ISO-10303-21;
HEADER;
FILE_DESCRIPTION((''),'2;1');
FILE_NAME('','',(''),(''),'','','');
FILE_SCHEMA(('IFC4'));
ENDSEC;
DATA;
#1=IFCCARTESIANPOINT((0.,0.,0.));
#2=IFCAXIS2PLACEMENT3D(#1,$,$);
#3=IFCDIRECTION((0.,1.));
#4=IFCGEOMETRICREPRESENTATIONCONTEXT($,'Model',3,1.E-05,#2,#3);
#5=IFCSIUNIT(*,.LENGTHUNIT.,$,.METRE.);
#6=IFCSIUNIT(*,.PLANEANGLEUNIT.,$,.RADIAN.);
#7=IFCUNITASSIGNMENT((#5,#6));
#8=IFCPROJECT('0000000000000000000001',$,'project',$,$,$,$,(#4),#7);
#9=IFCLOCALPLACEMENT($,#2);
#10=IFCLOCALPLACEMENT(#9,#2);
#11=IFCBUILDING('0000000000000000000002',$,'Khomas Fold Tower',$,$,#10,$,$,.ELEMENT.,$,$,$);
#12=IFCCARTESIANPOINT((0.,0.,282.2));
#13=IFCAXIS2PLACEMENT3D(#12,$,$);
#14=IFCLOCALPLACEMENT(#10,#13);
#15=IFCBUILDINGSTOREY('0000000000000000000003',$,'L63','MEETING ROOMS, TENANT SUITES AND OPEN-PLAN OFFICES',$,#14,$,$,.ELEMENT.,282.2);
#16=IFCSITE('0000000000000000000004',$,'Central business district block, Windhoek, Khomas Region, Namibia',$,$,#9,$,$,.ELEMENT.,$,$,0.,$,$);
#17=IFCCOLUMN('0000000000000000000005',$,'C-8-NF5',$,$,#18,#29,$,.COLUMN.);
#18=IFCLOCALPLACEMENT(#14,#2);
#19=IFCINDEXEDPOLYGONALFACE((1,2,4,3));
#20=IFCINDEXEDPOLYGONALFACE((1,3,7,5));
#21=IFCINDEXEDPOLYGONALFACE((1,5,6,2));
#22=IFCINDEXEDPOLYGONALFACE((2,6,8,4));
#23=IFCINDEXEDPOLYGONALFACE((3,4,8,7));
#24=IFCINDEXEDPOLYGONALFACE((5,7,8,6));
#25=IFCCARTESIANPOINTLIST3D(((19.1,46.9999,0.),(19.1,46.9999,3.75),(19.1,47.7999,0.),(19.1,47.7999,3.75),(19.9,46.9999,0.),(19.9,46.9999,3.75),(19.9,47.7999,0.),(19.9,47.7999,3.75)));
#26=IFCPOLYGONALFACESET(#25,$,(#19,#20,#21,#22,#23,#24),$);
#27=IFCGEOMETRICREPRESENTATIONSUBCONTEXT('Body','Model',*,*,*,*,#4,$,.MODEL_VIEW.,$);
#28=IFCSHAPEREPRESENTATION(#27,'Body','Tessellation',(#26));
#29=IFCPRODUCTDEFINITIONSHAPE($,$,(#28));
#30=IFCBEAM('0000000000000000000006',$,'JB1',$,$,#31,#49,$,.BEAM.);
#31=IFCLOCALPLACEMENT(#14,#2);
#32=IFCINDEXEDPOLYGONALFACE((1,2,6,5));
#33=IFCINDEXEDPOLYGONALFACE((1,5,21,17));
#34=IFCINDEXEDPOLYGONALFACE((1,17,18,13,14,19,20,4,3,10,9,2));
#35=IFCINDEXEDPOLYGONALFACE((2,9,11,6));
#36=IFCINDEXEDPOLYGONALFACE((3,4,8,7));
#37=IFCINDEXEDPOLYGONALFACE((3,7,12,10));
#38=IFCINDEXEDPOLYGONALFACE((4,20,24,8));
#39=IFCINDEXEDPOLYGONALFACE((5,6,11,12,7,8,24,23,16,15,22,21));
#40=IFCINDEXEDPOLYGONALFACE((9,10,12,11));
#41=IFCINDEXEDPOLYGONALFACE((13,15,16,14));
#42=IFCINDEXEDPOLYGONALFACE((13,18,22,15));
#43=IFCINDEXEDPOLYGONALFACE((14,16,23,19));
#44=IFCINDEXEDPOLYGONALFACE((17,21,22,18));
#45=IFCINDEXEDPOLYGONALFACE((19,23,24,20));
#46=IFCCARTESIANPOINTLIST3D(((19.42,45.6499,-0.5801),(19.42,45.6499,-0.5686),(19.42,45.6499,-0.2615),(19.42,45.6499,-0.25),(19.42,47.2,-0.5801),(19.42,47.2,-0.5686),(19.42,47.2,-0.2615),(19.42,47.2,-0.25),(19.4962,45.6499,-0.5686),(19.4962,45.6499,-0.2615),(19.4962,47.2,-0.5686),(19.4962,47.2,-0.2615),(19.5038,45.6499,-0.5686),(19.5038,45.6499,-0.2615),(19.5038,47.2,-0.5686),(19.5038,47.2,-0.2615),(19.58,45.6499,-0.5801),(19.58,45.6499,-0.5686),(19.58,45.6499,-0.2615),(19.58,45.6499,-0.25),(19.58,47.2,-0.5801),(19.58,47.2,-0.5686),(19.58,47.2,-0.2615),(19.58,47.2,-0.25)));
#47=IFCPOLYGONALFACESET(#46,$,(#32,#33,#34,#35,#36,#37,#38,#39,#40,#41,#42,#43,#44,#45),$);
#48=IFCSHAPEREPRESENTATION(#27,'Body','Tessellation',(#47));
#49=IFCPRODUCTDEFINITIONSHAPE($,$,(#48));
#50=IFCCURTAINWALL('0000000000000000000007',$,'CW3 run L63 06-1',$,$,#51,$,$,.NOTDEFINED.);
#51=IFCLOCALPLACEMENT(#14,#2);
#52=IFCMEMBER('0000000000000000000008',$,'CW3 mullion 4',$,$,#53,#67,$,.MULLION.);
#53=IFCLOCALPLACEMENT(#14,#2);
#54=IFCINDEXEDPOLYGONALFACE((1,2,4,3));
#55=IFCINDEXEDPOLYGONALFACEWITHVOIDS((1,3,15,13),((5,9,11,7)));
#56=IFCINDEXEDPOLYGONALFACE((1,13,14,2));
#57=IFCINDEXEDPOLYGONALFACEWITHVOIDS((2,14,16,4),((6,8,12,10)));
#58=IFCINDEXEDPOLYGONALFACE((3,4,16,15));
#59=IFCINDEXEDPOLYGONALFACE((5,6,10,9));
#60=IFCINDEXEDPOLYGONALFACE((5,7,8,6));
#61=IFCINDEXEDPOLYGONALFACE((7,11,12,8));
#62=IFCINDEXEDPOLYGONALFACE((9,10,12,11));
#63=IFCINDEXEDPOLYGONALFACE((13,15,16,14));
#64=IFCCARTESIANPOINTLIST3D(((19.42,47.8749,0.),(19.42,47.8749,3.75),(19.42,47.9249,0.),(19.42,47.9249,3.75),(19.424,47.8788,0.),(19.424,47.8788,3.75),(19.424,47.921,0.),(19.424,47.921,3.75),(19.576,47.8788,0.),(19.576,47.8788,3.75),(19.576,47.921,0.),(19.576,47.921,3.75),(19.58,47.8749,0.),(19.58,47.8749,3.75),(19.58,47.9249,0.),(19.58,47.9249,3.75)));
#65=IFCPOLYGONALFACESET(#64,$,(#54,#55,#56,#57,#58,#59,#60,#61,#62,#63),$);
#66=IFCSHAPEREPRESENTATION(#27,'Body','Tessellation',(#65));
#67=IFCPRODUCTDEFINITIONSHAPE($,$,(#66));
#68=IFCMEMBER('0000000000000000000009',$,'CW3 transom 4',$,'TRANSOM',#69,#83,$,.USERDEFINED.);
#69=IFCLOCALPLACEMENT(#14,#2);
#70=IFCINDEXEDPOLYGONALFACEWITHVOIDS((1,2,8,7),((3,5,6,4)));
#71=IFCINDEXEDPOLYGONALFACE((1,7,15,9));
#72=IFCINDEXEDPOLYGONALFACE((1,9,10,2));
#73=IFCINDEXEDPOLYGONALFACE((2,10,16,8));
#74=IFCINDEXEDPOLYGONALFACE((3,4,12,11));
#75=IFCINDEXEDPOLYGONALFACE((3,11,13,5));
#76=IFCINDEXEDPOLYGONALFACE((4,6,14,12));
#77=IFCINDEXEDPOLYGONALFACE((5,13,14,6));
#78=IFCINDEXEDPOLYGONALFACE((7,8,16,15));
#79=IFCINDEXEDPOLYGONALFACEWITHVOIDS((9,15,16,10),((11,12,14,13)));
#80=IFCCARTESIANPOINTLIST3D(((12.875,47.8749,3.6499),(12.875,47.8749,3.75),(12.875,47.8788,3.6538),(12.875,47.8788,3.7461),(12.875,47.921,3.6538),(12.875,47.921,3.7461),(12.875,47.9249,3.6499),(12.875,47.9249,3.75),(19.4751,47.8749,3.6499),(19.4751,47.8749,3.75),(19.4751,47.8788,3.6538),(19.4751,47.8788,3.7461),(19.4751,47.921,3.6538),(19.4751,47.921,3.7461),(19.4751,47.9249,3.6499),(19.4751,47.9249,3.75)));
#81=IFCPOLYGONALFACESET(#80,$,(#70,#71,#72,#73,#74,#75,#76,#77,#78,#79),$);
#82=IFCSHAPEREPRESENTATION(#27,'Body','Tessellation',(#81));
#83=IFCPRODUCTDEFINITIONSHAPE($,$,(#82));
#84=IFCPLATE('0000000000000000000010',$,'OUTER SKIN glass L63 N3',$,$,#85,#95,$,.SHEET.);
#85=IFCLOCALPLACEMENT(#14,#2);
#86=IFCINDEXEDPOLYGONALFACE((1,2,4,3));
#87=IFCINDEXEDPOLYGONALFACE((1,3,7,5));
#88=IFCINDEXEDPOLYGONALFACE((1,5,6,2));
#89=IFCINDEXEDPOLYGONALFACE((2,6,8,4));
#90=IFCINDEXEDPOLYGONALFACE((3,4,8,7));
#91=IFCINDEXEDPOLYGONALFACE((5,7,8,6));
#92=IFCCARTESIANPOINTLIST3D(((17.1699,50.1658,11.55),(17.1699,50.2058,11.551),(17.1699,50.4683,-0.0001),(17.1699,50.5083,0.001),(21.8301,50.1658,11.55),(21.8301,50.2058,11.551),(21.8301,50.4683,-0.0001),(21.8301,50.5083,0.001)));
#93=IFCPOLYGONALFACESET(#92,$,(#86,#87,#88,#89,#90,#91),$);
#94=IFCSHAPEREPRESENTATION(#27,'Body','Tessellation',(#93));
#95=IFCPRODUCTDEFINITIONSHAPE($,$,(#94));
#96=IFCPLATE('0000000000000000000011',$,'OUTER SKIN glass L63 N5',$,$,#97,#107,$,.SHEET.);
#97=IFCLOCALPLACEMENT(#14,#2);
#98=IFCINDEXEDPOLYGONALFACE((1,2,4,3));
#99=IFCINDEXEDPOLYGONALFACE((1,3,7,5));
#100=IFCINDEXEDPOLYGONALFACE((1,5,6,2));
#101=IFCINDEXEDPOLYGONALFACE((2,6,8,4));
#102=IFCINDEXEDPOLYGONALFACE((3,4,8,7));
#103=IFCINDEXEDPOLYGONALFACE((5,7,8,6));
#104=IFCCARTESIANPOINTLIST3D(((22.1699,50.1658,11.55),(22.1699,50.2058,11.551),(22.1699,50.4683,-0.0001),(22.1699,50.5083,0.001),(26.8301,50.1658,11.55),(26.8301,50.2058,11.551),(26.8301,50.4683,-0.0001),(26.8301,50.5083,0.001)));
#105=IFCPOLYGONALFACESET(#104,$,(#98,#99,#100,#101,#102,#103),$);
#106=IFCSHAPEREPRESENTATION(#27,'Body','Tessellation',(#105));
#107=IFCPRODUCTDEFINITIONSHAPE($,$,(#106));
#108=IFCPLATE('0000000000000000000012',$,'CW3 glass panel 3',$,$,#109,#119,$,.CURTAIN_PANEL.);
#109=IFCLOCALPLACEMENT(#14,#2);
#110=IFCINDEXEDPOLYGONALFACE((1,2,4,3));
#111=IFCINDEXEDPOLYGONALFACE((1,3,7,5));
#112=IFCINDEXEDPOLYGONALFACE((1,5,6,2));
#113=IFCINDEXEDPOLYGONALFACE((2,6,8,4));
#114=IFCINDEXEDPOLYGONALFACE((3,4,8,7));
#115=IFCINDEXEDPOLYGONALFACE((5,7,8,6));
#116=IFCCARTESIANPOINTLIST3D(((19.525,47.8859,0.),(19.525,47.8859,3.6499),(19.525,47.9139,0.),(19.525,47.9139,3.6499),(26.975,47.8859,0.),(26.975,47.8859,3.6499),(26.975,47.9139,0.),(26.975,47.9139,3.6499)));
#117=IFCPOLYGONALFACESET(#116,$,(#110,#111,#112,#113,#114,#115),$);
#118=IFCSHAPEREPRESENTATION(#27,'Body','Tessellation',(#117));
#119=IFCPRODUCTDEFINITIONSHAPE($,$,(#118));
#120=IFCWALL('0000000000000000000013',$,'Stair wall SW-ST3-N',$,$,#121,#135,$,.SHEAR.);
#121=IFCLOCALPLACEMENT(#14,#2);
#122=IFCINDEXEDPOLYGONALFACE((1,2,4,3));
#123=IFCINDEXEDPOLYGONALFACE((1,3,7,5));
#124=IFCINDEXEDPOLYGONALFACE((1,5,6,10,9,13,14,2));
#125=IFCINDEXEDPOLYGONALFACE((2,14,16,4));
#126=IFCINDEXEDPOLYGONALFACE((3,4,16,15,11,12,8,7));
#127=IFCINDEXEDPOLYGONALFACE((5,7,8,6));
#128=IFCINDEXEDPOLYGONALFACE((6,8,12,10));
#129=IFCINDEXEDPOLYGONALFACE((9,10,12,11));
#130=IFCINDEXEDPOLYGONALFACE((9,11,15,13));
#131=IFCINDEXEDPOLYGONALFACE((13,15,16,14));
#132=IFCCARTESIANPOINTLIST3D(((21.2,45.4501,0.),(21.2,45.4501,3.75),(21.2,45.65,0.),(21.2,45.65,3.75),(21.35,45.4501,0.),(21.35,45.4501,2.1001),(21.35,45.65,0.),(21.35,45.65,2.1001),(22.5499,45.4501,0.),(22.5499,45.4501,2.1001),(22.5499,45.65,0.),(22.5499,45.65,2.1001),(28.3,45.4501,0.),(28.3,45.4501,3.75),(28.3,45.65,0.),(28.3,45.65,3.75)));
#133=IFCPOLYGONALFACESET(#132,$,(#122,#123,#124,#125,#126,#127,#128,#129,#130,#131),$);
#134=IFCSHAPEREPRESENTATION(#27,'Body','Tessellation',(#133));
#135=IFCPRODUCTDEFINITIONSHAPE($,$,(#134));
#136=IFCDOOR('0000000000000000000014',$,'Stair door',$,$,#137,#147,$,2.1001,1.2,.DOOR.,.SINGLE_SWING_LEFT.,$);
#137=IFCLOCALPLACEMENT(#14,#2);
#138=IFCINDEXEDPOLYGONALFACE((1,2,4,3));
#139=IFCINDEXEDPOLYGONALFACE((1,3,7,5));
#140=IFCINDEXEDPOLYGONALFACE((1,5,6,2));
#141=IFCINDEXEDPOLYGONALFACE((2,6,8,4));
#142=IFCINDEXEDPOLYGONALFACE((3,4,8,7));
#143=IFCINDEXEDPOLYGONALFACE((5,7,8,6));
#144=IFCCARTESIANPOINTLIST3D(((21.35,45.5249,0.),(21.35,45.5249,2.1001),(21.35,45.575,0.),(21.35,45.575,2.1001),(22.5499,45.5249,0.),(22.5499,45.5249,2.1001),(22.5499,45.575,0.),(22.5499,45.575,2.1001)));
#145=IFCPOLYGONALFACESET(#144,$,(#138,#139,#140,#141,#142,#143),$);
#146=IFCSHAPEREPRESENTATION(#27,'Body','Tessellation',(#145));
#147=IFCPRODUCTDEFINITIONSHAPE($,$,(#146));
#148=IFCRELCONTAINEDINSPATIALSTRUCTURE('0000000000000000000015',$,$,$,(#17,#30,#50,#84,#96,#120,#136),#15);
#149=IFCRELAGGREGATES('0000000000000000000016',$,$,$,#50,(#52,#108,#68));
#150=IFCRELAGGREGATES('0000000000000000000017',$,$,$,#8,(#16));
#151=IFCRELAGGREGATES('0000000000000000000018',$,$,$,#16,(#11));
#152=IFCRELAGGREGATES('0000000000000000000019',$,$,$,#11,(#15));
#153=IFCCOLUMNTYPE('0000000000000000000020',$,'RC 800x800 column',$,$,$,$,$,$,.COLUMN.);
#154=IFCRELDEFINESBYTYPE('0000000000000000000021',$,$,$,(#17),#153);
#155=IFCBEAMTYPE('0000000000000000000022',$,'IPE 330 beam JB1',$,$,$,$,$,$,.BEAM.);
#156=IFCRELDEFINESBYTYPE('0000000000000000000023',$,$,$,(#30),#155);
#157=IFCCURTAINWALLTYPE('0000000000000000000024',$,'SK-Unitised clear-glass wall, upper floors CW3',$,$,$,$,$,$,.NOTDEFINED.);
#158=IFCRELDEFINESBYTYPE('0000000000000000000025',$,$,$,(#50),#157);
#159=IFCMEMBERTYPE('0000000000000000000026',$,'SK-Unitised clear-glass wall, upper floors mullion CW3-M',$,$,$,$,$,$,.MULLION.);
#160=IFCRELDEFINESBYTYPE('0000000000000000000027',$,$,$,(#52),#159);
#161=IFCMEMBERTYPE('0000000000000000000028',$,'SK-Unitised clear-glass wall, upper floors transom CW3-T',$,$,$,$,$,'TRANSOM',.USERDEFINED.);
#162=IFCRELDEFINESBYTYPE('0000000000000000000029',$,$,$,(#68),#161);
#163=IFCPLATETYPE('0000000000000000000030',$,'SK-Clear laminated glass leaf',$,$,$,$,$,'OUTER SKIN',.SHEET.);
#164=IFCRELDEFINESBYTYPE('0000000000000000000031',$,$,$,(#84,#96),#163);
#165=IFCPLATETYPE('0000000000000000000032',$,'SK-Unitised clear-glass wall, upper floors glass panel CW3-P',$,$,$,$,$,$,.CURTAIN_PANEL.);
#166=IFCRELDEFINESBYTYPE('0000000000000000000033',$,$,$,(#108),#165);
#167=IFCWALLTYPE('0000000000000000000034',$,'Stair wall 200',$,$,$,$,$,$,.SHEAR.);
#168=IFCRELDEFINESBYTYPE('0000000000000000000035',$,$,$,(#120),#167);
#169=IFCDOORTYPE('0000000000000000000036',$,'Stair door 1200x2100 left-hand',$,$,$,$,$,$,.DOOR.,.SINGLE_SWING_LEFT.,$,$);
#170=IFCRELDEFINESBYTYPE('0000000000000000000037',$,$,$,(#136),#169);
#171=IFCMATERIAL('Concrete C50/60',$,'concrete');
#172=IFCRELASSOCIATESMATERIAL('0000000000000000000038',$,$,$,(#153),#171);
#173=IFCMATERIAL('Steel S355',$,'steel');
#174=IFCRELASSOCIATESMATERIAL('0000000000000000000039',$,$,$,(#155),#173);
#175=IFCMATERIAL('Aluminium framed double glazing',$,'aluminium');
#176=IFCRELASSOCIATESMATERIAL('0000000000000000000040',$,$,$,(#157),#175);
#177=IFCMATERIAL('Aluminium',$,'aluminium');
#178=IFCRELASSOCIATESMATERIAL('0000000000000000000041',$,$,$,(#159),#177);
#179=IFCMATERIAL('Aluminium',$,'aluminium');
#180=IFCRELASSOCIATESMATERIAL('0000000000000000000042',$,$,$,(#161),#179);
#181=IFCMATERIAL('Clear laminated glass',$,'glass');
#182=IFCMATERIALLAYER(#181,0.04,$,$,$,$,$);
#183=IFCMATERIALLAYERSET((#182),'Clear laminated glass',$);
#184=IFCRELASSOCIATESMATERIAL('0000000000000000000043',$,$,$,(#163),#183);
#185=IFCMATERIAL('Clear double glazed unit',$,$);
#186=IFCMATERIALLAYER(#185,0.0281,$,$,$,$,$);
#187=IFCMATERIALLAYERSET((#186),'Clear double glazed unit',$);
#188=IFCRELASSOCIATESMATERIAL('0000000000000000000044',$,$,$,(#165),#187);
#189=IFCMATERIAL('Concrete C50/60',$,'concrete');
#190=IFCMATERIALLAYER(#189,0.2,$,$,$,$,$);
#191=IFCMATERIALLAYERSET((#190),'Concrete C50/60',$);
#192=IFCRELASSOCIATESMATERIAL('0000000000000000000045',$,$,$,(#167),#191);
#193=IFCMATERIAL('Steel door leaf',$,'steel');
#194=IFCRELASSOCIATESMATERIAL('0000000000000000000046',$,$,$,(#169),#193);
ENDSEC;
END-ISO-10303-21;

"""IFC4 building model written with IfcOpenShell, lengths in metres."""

from ifc_helpers import new_model, si_unit, direction, frame, frame_2d, origin, origin_2d, place, context, subcontext, project, spatial, polyline, rectangle, hollow_rectangle, i_section, outline, extrude, source, transform, mapped, material, layer, layer_set, material_profile, profile_set, type_object, element, fill, aggregate, save


model = new_model("IFC4")

# Units and contexts
model_context = context("Model", 3, precision=1e-05, world=origin(), true_north=direction((0.0, 1.0)))
body_context = subcontext(model_context, "Body", "Model", "MODEL_VIEW")
ifc_project = project(units=[si_unit("LENGTHUNIT", "METRE"), si_unit("PLANEANGLEUNIT", "RADIAN")], contexts=[model_context])

# Site, building, storey
site_placement = place(None, origin())
site = spatial("IfcSite", under=ifc_project, at=site_placement, Name="Central business district block, Windhoek, Khomas Region, Namibia", CompositionType="ELEMENT", RefElevation=0.0)
building_placement = place(site_placement, origin())
building = spatial("IfcBuilding", under=site, at=building_placement, Name="Khomas Fold Tower", CompositionType="ELEMENT")
storey_placement = place(building_placement, frame((0.0, 0.0, 282.2)))
storey = spatial("IfcBuildingStorey", under=building, at=storey_placement, Name="L63", Description="MEETING ROOMS, TENANT SUITES AND OPEN-PLAN OFFICES", CompositionType="ELEMENT", Elevation=282.2)

# Column
ifc_material_1 = material(Name="Concrete C50/60", Category="concrete")
ifc_material_profile_1 = material_profile(ifc_material_1, rectangle(XDim=0.8, YDim=0.8, at=origin_2d()), Name="RC 800x800")
ifc_profile_set_1 = profile_set([ifc_material_profile_1], Name="Concrete C50/60")
column_type = type_object("IfcColumnType", Name="RC 800x800 column", PredefinedType="COLUMN", material=ifc_profile_set_1)
shared_shape_1 = source(origin(), body_context, "Body", "SweptSolid", [
    extrude(rectangle(XDim=0.8, YDim=0.8, at=origin_2d()), origin(), (0.0, 0.0, 1.0), 3.75),
])
column_placement = place(storey_placement, frame((19.5, 47.3999, 0.0), z_axis=(0.0, 0.0, 1.0), x_axis=(1.0, 0.0, 0.0)))
element("IfcColumn", 1, at=column_placement, inside=storey, type_object=column_type, Name="C-8-NF5", PredefinedType="COLUMN", context=body_context, shape_type="MappedRepresentation", body=[
    mapped(shared_shape_1, transform((0.0, 0.0, 0.0))),
])

# Beam
ifc_material_2 = material(Name="Steel S355", Category="steel")
ifc_material_profile_2 = material_profile(ifc_material_2, i_section(OverallWidth=0.1599, OverallDepth=0.3301, WebThickness=0.0076, FlangeThickness=0.0115, at=origin_2d()), Name="IPE 330")
ifc_profile_set_2 = profile_set([ifc_material_profile_2], Name="Steel S355")
beam_type = type_object("IfcBeamType", Name="IPE 330 beam JB1", PredefinedType="BEAM", material=ifc_profile_set_2)
shared_shape_2 = source(origin(), body_context, "Body", "SweptSolid", [
    extrude(i_section(OverallWidth=0.1599, OverallDepth=0.3301, WebThickness=0.0076, FlangeThickness=0.0115, at=origin_2d()), origin(), (0.0, 0.0, 1.0), 1.55),
])
beam_placement = place(storey_placement, frame((19.5, 45.6499, -0.415), z_axis=(0.0, 1.0, 0.0), x_axis=(-1.0, 0.0, 0.0)))
element("IfcBeam", 2, at=beam_placement, inside=storey, type_object=beam_type, Name="JB1", PredefinedType="BEAM", context=body_context, shape_type="MappedRepresentation", body=[
    mapped(shared_shape_2, transform((0.0, 0.0, 0.0))),
])

# Curtain wall, members
ifc_material_3 = material(Name="Aluminium framed double glazing", Category="aluminium")
curtain_wall_type = type_object("IfcCurtainWallType", Name="SK-Unitised clear-glass wall, upper floors CW3", PredefinedType="NOTDEFINED", material=ifc_material_3)
curtain_wall_placement = place(storey_placement, origin())
curtain_wall = element("IfcCurtainWall", 3, at=curtain_wall_placement, inside=storey, type_object=curtain_wall_type, Name="CW3 run L63 06-1", PredefinedType="NOTDEFINED")
ifc_material_4 = material(Name="Aluminium", Category="aluminium")
ifc_material_profile_3 = material_profile(ifc_material_4, hollow_rectangle(XDim=0.05, YDim=0.1599, WallThickness=0.0039, at=origin_2d()), Name="SK-Unitised clear-glass wall, upper floors mullion CW3-M")
ifc_profile_set_3 = profile_set([ifc_material_profile_3], Name="Aluminium")
member_type_1 = type_object("IfcMemberType", Name="SK-Unitised clear-glass wall, upper floors mullion CW3-M", PredefinedType="MULLION", material=ifc_profile_set_3)
shared_shape_3 = source(origin(), body_context, "Body", "SweptSolid", [
    extrude(hollow_rectangle(XDim=0.05, YDim=0.1599, WallThickness=0.0039, at=origin_2d()), origin(), (0.0, 0.0, 1.0), 3.75),
])
member_1_placement = place(storey_placement, frame((19.5, 47.8999, 0.0), z_axis=(0.0, 0.0, 1.0), x_axis=(0.0, -1.0, 0.0)))
member_1 = element("IfcMember", 4, at=member_1_placement, type_object=member_type_1, Name="CW3 mullion 4", PredefinedType="MULLION", context=body_context, shape_type="MappedRepresentation", body=[
    mapped(shared_shape_3, transform((0.0, 0.0, 0.0))),
])
ifc_material_5 = material(Name="Aluminium", Category="aluminium")
ifc_material_profile_4 = material_profile(ifc_material_5, hollow_rectangle(XDim=0.05, YDim=0.1001, WallThickness=0.0039, at=origin_2d()), Name="SK-Unitised clear-glass wall, upper floors transom CW3-T")
ifc_profile_set_4 = profile_set([ifc_material_profile_4], Name="Aluminium")
member_type_2 = type_object("IfcMemberType", Name="SK-Unitised clear-glass wall, upper floors transom CW3-T", ElementType="TRANSOM", PredefinedType="USERDEFINED", material=ifc_profile_set_4)
shared_shape_4 = source(origin(), body_context, "Body", "SweptSolid", [
    extrude(hollow_rectangle(XDim=0.05, YDim=0.1001, WallThickness=0.0039, at=origin_2d()), origin(), (0.0, 0.0, 1.0), 6.6001),
])
member_2_placement = place(storey_placement, frame((19.4751, 47.8999, 3.7), z_axis=(-1.0, 0.0, 0.0), x_axis=(0.0, -1.0, 0.0)))
member_2 = element("IfcMember", 5, at=member_2_placement, type_object=member_type_2, Name="CW3 transom 4", ObjectType="TRANSOM", PredefinedType="USERDEFINED", context=body_context, shape_type="MappedRepresentation", body=[
    mapped(shared_shape_4, transform((0.0, 0.0, 0.0))),
])

# Plates
ifc_material_6 = material(Name="Clear laminated glass", Category="glass")
ifc_layer_1 = layer(ifc_material_6, 0.04)
ifc_layer_set_1 = layer_set([ifc_layer_1], Name="Clear laminated glass")
plate_type_1 = type_object("IfcPlateType", Name="SK-Clear laminated glass leaf", ElementType="OUTER SKIN", PredefinedType="SHEET", material=ifc_layer_set_1)
for number, where, z_axis, x_axis, name in (
    (6, (17.1699, 50.5083, 0.001), (0.0, 0.999657, 0.026181), (1.0, 0.0, 0.0), "OUTER SKIN glass L63 N3"),
    (7, (22.1699, 50.5083, 0.001), (0.0, 0.999657, 0.026181), (1.0, 0.0, 0.0), "OUTER SKIN glass L63 N5"),
):
    element("IfcPlate", number, at=place(storey_placement, frame(where, z_axis=z_axis, x_axis=x_axis)), inside=storey, type_object=plate_type_1, Name=name, PredefinedType="SHEET", context=body_context, shape_type="SweptSolid", body=[
        extrude(outline(polyline([(0.0, 0.0), (4.6602, 0.0), (4.6602, -11.554), (0.0, -11.554), (0.0, 0.0)])), origin(), (0.0, 0.0, -1.0), 0.04),
    ])

# Plate
ifc_material_7 = material(Name="Clear double glazed unit")
ifc_layer_2 = layer(ifc_material_7, 0.0281)
ifc_layer_set_2 = layer_set([ifc_layer_2], Name="Clear double glazed unit")
plate_type_2 = type_object("IfcPlateType", Name="SK-Unitised clear-glass wall, upper floors glass panel CW3-P", PredefinedType="CURTAIN_PANEL", material=ifc_layer_set_2)
shared_shape_5 = source(origin(), body_context, "Body", "SweptSolid", [
    extrude(rectangle(XDim=7.45, YDim=0.0281, at=origin_2d()), origin(), (0.0, 0.0, 1.0), 3.6499),
])
plate_placement = place(storey_placement, frame((23.25, 47.8999, 0.0), z_axis=(0.0, 0.0, 1.0), x_axis=(-1.0, 0.0, 0.0)))
plate = element("IfcPlate", 8, at=plate_placement, type_object=plate_type_2, Name="CW3 glass panel 3", PredefinedType="CURTAIN_PANEL", context=body_context, shape_type="MappedRepresentation", body=[
    mapped(shared_shape_5, transform((0.0, 0.0, 0.0))),
])
aggregate(curtain_wall, [member_1, plate, member_2])

# Wall, opening, door
ifc_material_8 = material(Name="Concrete C50/60", Category="concrete")
ifc_layer_3 = layer(ifc_material_8, 0.2)
ifc_layer_set_3 = layer_set([ifc_layer_3], Name="Concrete C50/60")
wall_type = type_object("IfcWallType", Name="Stair wall 200", PredefinedType="SHEAR", material=ifc_layer_set_3)
shared_shape_6 = source(origin(), body_context, "Body", "SweptSolid", [
    extrude(rectangle(XDim=7.1001, YDim=0.2, at=frame_2d((3.55, 0.0))), origin(), (0.0, 0.0, 1.0), 3.75),
])
wall_placement = place(storey_placement, frame((21.2, 45.55, 0.0), z_axis=(0.0, 0.0, 1.0), x_axis=(1.0, 0.0, 0.0)))
wall = element("IfcWall", 9, at=wall_placement, inside=storey, type_object=wall_type, Name="Stair wall SW-ST3-N", PredefinedType="SHEAR", context=body_context, shape_type="MappedRepresentation", body=[
    mapped(shared_shape_6, transform((0.0, 0.0, 0.0))),
])
shared_shape_7 = source(origin(), body_context, "Body", "SweptSolid", [
    extrude(rectangle(XDim=1.2, YDim=2.1001, at=frame_2d((0.6001, 1.05))), frame((0.0, 0.1099, 0.0), z_axis=(0.0, -1.0, 0.0), x_axis=(1.0, 0.0, 0.0)), (0.0, 0.0, 1.0), 0.22),
])
opening_placement = place(wall_placement, frame((0.1499, 0.0, 0.0)))
opening = element("IfcOpeningElement", 10, at=opening_placement, cuts=wall, PredefinedType="OPENING", context=body_context, shape_type="MappedRepresentation", body=[
    mapped(shared_shape_7, transform((0.0, 0.0, 0.0))),
])
ifc_material_9 = material(Name="Steel door leaf", Category="steel")
door_type = type_object("IfcDoorType", Name="Stair door 1200x2100 left-hand", OperationType="SINGLE_SWING_LEFT", PredefinedType="DOOR", material=ifc_material_9)
shared_shape_8 = source(origin(), body_context, "Body", "SweptSolid", [
    extrude(rectangle(XDim=1.2, YDim=2.1001, at=frame_2d((0.6001, 1.05))), frame((0.0, 0.0249, 0.0), z_axis=(0.0, -1.0, 0.0), x_axis=(1.0, 0.0, 0.0)), (0.0, 0.0, 1.0), 0.05),
])
door_placement = place(opening_placement, origin())
door = element("IfcDoor", 11, at=door_placement, inside=storey, type_object=door_type, Name="Stair door", OperationType="SINGLE_SWING_LEFT", OverallHeight=2.1001, OverallWidth=1.2, PredefinedType="DOOR", context=body_context, shape_type="MappedRepresentation", body=[
    mapped(shared_shape_8, transform((0.0, 0.0, 0.0))),
])
fill(opening, door)

save(model, "model.ifc")
